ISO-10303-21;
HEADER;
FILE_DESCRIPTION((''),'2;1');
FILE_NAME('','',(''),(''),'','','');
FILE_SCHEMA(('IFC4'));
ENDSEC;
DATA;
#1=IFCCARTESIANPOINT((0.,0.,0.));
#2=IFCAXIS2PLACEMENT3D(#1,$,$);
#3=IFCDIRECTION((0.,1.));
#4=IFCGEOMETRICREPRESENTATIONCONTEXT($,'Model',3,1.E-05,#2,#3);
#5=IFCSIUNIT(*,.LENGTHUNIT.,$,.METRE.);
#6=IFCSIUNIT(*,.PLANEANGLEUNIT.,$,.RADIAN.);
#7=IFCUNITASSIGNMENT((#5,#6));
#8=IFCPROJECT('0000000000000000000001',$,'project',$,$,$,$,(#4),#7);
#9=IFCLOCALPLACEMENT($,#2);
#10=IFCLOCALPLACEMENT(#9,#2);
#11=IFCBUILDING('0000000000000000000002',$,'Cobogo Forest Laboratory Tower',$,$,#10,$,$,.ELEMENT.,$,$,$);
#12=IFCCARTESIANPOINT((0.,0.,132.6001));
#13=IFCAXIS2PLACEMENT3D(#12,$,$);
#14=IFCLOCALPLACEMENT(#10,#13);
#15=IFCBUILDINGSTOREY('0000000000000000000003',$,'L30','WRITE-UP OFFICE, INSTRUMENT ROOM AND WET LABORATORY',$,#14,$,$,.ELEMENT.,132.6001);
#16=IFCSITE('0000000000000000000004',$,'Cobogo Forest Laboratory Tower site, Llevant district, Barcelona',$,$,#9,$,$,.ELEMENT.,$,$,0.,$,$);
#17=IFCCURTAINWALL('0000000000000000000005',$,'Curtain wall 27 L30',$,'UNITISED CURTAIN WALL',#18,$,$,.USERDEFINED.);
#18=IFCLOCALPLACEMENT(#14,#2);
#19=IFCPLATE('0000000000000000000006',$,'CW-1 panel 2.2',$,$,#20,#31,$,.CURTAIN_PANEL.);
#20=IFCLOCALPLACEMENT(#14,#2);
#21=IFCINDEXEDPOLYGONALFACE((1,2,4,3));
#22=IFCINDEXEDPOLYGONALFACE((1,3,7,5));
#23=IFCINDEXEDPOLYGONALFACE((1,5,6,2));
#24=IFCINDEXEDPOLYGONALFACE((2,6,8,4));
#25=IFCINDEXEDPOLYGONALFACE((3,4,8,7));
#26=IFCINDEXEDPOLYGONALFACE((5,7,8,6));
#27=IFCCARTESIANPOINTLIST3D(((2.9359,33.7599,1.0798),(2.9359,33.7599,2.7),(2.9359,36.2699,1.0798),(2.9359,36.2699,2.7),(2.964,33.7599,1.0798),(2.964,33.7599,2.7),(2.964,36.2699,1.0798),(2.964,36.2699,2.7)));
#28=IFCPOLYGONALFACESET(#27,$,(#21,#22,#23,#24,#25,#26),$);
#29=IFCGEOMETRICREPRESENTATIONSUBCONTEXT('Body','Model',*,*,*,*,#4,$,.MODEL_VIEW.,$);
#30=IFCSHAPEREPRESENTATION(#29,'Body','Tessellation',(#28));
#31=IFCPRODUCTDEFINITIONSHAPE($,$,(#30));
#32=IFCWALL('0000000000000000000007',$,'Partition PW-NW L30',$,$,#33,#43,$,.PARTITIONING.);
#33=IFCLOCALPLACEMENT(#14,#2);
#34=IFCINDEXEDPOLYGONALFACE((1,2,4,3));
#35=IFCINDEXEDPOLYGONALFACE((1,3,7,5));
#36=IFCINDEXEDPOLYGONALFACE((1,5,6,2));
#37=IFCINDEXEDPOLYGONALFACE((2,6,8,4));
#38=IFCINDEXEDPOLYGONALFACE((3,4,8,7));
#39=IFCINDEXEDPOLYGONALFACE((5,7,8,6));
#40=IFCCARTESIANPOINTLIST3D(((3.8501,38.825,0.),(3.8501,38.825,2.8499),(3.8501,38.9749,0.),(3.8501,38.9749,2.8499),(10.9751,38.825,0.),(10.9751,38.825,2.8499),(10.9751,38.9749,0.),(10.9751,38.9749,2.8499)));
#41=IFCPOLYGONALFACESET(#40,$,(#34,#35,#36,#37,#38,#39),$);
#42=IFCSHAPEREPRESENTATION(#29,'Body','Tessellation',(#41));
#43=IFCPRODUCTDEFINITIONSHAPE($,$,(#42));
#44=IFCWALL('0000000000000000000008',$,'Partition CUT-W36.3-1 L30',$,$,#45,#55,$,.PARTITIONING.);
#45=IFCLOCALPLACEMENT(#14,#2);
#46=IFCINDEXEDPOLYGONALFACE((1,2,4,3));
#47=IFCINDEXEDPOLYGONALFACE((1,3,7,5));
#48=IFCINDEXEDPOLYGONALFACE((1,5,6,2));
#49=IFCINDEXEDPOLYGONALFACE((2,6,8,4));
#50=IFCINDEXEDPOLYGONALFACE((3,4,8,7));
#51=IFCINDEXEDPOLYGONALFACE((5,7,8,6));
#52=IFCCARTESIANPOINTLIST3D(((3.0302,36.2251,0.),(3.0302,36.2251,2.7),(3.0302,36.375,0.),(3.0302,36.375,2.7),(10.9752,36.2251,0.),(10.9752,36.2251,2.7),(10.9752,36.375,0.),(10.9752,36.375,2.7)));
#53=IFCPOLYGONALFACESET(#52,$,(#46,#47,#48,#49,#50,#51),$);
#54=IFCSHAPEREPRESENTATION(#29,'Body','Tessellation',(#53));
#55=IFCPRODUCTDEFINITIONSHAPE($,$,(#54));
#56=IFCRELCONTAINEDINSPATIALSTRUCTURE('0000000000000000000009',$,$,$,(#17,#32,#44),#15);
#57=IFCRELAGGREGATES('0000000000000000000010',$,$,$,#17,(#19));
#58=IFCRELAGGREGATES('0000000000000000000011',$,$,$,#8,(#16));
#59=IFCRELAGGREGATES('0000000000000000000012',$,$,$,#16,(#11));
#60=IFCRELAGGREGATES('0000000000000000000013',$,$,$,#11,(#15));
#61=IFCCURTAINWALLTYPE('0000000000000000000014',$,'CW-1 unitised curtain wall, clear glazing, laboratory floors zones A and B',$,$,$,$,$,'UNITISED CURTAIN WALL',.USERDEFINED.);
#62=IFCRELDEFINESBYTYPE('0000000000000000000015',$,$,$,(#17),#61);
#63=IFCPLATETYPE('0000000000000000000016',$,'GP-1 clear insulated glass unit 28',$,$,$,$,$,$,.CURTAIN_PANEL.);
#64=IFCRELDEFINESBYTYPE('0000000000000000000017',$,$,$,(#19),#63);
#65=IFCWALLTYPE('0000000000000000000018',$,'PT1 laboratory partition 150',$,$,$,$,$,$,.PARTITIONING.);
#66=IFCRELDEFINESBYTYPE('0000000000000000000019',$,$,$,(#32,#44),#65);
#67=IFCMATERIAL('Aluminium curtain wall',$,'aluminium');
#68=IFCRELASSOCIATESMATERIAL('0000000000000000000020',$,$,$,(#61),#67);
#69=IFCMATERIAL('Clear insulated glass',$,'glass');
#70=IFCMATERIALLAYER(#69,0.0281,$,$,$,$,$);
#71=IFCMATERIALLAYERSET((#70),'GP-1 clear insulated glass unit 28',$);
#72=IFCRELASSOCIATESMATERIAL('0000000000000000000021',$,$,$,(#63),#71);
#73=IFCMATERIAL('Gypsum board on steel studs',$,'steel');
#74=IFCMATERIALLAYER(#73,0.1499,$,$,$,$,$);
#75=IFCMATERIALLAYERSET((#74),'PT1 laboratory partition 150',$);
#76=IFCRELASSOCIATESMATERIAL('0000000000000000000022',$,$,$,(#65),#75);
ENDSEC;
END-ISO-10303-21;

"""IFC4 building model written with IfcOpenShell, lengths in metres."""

from ifc_helpers import new_model, si_unit, direction, frame, frame_2d, origin, origin_2d, place, context, subcontext, project, spatial, rectangle, extrude, material, layer, layer_set, type_object, element, aggregate, save


model = new_model("IFC4")

# Units and contexts
model_context = context("Model", 3, precision=1e-05, world=origin(), true_north=direction((0.0, 1.0)))
body_context = subcontext(model_context, "Body", "Model", "MODEL_VIEW")
ifc_project = project(units=[si_unit("LENGTHUNIT", "METRE"), si_unit("PLANEANGLEUNIT", "RADIAN")], contexts=[model_context])

# Site, building, storey
site_placement = place(None, origin())
site = spatial("IfcSite", under=ifc_project, at=site_placement, Name="Cobogo Forest Laboratory Tower site, Llevant district, Barcelona", CompositionType="ELEMENT", RefElevation=0.0)
building_placement = place(site_placement, origin())
building = spatial("IfcBuilding", under=site, at=building_placement, Name="Cobogo Forest Laboratory Tower", CompositionType="ELEMENT")
storey_placement = place(building_placement, frame((0.0, 0.0, 132.6001)))
storey = spatial("IfcBuildingStorey", under=building, at=storey_placement, Name="L30", Description="WRITE-UP OFFICE, INSTRUMENT ROOM AND WET LABORATORY", CompositionType="ELEMENT", Elevation=132.6001)

# Shared definitions
ifc_material_1 = material(Name="Aluminium curtain wall", Category="aluminium")
curtain_wall_type = type_object("IfcCurtainWallType", Name="CW-1 unitised curtain wall, clear glazing, laboratory floors zones A and B", ElementType="UNITISED CURTAIN WALL", PredefinedType="USERDEFINED", material=ifc_material_1)

# Curtain wall
curtain_wall_1_placement = place(storey_placement, origin())
curtain_wall_1 = element("IfcCurtainWall", 1, at=curtain_wall_1_placement, inside=storey, type_object=curtain_wall_type, Name="Curtain wall 27 L30", ObjectType="UNITISED CURTAIN WALL", PredefinedType="USERDEFINED")

# Plate
ifc_material_2 = material(Name="Clear insulated glass", Category="glass")
ifc_layer_1 = layer(ifc_material_2, 0.0281)
ifc_layer_set_1 = layer_set([ifc_layer_1], Name="GP-1 clear insulated glass unit 28")
plate_type_1 = type_object("IfcPlateType", Name="GP-1 clear insulated glass unit 28", PredefinedType="CURTAIN_PANEL", material=ifc_layer_set_1)
plate_1_placement = place(storey_placement, frame((2.95, 35.0149, 1.0798), z_axis=(0.0, 0.0, 1.0), x_axis=(0.0, -1.0, 0.0)))
plate_1 = element("IfcPlate", 2, at=plate_1_placement, type_object=plate_type_1, Name="CW-1 panel 2.2", PredefinedType="CURTAIN_PANEL", context=body_context, shape_type="SweptSolid", body=[
    extrude(rectangle(XDim=2.51, YDim=0.0281, at=origin_2d()), origin(), (0.0, 0.0, 1.0), 1.6201),
])
aggregate(curtain_wall_1, [plate_1])

# Walls
ifc_material_3 = material(Name="Gypsum board on steel studs", Category="steel")
ifc_layer_2 = layer(ifc_material_3, 0.1499)
ifc_layer_set_2 = layer_set([ifc_layer_2], Name="PT1 laboratory partition 150")
wall_type = type_object("IfcWallType", Name="PT1 laboratory partition 150", PredefinedType="PARTITIONING", material=ifc_layer_set_2)
wall_1_placement = place(storey_placement, frame((3.8501, 38.8999, 0.0), z_axis=(0.0, 0.0, 1.0), x_axis=(1.0, 0.0, 0.0)))
element("IfcWall", 3, at=wall_1_placement, inside=storey, type_object=wall_type, Name="Partition PW-NW L30", PredefinedType="PARTITIONING", context=body_context, shape_type="SweptSolid", body=[
    extrude(rectangle(XDim=7.125, YDim=0.1499, at=frame_2d((3.5625, 0.0))), origin(), (0.0, 0.0, 1.0), 2.8499),
])
wall_2_placement = place(storey_placement, frame((3.03, 36.3, 0.0), z_axis=(0.0, 0.0, 1.0), x_axis=(1.0, 0.0, 0.0)))
element("IfcWall", 4, at=wall_2_placement, inside=storey, type_object=wall_type, Name="Partition CUT-W36.3-1 L30", PredefinedType="PARTITIONING", context=body_context, shape_type="SweptSolid", body=[
    extrude(rectangle(XDim=7.9451, YDim=0.1499, at=frame_2d((3.9727, 0.0))), origin(), (0.0, 0.0, 1.0), 2.7),
])

save(model, "model.ifc")
